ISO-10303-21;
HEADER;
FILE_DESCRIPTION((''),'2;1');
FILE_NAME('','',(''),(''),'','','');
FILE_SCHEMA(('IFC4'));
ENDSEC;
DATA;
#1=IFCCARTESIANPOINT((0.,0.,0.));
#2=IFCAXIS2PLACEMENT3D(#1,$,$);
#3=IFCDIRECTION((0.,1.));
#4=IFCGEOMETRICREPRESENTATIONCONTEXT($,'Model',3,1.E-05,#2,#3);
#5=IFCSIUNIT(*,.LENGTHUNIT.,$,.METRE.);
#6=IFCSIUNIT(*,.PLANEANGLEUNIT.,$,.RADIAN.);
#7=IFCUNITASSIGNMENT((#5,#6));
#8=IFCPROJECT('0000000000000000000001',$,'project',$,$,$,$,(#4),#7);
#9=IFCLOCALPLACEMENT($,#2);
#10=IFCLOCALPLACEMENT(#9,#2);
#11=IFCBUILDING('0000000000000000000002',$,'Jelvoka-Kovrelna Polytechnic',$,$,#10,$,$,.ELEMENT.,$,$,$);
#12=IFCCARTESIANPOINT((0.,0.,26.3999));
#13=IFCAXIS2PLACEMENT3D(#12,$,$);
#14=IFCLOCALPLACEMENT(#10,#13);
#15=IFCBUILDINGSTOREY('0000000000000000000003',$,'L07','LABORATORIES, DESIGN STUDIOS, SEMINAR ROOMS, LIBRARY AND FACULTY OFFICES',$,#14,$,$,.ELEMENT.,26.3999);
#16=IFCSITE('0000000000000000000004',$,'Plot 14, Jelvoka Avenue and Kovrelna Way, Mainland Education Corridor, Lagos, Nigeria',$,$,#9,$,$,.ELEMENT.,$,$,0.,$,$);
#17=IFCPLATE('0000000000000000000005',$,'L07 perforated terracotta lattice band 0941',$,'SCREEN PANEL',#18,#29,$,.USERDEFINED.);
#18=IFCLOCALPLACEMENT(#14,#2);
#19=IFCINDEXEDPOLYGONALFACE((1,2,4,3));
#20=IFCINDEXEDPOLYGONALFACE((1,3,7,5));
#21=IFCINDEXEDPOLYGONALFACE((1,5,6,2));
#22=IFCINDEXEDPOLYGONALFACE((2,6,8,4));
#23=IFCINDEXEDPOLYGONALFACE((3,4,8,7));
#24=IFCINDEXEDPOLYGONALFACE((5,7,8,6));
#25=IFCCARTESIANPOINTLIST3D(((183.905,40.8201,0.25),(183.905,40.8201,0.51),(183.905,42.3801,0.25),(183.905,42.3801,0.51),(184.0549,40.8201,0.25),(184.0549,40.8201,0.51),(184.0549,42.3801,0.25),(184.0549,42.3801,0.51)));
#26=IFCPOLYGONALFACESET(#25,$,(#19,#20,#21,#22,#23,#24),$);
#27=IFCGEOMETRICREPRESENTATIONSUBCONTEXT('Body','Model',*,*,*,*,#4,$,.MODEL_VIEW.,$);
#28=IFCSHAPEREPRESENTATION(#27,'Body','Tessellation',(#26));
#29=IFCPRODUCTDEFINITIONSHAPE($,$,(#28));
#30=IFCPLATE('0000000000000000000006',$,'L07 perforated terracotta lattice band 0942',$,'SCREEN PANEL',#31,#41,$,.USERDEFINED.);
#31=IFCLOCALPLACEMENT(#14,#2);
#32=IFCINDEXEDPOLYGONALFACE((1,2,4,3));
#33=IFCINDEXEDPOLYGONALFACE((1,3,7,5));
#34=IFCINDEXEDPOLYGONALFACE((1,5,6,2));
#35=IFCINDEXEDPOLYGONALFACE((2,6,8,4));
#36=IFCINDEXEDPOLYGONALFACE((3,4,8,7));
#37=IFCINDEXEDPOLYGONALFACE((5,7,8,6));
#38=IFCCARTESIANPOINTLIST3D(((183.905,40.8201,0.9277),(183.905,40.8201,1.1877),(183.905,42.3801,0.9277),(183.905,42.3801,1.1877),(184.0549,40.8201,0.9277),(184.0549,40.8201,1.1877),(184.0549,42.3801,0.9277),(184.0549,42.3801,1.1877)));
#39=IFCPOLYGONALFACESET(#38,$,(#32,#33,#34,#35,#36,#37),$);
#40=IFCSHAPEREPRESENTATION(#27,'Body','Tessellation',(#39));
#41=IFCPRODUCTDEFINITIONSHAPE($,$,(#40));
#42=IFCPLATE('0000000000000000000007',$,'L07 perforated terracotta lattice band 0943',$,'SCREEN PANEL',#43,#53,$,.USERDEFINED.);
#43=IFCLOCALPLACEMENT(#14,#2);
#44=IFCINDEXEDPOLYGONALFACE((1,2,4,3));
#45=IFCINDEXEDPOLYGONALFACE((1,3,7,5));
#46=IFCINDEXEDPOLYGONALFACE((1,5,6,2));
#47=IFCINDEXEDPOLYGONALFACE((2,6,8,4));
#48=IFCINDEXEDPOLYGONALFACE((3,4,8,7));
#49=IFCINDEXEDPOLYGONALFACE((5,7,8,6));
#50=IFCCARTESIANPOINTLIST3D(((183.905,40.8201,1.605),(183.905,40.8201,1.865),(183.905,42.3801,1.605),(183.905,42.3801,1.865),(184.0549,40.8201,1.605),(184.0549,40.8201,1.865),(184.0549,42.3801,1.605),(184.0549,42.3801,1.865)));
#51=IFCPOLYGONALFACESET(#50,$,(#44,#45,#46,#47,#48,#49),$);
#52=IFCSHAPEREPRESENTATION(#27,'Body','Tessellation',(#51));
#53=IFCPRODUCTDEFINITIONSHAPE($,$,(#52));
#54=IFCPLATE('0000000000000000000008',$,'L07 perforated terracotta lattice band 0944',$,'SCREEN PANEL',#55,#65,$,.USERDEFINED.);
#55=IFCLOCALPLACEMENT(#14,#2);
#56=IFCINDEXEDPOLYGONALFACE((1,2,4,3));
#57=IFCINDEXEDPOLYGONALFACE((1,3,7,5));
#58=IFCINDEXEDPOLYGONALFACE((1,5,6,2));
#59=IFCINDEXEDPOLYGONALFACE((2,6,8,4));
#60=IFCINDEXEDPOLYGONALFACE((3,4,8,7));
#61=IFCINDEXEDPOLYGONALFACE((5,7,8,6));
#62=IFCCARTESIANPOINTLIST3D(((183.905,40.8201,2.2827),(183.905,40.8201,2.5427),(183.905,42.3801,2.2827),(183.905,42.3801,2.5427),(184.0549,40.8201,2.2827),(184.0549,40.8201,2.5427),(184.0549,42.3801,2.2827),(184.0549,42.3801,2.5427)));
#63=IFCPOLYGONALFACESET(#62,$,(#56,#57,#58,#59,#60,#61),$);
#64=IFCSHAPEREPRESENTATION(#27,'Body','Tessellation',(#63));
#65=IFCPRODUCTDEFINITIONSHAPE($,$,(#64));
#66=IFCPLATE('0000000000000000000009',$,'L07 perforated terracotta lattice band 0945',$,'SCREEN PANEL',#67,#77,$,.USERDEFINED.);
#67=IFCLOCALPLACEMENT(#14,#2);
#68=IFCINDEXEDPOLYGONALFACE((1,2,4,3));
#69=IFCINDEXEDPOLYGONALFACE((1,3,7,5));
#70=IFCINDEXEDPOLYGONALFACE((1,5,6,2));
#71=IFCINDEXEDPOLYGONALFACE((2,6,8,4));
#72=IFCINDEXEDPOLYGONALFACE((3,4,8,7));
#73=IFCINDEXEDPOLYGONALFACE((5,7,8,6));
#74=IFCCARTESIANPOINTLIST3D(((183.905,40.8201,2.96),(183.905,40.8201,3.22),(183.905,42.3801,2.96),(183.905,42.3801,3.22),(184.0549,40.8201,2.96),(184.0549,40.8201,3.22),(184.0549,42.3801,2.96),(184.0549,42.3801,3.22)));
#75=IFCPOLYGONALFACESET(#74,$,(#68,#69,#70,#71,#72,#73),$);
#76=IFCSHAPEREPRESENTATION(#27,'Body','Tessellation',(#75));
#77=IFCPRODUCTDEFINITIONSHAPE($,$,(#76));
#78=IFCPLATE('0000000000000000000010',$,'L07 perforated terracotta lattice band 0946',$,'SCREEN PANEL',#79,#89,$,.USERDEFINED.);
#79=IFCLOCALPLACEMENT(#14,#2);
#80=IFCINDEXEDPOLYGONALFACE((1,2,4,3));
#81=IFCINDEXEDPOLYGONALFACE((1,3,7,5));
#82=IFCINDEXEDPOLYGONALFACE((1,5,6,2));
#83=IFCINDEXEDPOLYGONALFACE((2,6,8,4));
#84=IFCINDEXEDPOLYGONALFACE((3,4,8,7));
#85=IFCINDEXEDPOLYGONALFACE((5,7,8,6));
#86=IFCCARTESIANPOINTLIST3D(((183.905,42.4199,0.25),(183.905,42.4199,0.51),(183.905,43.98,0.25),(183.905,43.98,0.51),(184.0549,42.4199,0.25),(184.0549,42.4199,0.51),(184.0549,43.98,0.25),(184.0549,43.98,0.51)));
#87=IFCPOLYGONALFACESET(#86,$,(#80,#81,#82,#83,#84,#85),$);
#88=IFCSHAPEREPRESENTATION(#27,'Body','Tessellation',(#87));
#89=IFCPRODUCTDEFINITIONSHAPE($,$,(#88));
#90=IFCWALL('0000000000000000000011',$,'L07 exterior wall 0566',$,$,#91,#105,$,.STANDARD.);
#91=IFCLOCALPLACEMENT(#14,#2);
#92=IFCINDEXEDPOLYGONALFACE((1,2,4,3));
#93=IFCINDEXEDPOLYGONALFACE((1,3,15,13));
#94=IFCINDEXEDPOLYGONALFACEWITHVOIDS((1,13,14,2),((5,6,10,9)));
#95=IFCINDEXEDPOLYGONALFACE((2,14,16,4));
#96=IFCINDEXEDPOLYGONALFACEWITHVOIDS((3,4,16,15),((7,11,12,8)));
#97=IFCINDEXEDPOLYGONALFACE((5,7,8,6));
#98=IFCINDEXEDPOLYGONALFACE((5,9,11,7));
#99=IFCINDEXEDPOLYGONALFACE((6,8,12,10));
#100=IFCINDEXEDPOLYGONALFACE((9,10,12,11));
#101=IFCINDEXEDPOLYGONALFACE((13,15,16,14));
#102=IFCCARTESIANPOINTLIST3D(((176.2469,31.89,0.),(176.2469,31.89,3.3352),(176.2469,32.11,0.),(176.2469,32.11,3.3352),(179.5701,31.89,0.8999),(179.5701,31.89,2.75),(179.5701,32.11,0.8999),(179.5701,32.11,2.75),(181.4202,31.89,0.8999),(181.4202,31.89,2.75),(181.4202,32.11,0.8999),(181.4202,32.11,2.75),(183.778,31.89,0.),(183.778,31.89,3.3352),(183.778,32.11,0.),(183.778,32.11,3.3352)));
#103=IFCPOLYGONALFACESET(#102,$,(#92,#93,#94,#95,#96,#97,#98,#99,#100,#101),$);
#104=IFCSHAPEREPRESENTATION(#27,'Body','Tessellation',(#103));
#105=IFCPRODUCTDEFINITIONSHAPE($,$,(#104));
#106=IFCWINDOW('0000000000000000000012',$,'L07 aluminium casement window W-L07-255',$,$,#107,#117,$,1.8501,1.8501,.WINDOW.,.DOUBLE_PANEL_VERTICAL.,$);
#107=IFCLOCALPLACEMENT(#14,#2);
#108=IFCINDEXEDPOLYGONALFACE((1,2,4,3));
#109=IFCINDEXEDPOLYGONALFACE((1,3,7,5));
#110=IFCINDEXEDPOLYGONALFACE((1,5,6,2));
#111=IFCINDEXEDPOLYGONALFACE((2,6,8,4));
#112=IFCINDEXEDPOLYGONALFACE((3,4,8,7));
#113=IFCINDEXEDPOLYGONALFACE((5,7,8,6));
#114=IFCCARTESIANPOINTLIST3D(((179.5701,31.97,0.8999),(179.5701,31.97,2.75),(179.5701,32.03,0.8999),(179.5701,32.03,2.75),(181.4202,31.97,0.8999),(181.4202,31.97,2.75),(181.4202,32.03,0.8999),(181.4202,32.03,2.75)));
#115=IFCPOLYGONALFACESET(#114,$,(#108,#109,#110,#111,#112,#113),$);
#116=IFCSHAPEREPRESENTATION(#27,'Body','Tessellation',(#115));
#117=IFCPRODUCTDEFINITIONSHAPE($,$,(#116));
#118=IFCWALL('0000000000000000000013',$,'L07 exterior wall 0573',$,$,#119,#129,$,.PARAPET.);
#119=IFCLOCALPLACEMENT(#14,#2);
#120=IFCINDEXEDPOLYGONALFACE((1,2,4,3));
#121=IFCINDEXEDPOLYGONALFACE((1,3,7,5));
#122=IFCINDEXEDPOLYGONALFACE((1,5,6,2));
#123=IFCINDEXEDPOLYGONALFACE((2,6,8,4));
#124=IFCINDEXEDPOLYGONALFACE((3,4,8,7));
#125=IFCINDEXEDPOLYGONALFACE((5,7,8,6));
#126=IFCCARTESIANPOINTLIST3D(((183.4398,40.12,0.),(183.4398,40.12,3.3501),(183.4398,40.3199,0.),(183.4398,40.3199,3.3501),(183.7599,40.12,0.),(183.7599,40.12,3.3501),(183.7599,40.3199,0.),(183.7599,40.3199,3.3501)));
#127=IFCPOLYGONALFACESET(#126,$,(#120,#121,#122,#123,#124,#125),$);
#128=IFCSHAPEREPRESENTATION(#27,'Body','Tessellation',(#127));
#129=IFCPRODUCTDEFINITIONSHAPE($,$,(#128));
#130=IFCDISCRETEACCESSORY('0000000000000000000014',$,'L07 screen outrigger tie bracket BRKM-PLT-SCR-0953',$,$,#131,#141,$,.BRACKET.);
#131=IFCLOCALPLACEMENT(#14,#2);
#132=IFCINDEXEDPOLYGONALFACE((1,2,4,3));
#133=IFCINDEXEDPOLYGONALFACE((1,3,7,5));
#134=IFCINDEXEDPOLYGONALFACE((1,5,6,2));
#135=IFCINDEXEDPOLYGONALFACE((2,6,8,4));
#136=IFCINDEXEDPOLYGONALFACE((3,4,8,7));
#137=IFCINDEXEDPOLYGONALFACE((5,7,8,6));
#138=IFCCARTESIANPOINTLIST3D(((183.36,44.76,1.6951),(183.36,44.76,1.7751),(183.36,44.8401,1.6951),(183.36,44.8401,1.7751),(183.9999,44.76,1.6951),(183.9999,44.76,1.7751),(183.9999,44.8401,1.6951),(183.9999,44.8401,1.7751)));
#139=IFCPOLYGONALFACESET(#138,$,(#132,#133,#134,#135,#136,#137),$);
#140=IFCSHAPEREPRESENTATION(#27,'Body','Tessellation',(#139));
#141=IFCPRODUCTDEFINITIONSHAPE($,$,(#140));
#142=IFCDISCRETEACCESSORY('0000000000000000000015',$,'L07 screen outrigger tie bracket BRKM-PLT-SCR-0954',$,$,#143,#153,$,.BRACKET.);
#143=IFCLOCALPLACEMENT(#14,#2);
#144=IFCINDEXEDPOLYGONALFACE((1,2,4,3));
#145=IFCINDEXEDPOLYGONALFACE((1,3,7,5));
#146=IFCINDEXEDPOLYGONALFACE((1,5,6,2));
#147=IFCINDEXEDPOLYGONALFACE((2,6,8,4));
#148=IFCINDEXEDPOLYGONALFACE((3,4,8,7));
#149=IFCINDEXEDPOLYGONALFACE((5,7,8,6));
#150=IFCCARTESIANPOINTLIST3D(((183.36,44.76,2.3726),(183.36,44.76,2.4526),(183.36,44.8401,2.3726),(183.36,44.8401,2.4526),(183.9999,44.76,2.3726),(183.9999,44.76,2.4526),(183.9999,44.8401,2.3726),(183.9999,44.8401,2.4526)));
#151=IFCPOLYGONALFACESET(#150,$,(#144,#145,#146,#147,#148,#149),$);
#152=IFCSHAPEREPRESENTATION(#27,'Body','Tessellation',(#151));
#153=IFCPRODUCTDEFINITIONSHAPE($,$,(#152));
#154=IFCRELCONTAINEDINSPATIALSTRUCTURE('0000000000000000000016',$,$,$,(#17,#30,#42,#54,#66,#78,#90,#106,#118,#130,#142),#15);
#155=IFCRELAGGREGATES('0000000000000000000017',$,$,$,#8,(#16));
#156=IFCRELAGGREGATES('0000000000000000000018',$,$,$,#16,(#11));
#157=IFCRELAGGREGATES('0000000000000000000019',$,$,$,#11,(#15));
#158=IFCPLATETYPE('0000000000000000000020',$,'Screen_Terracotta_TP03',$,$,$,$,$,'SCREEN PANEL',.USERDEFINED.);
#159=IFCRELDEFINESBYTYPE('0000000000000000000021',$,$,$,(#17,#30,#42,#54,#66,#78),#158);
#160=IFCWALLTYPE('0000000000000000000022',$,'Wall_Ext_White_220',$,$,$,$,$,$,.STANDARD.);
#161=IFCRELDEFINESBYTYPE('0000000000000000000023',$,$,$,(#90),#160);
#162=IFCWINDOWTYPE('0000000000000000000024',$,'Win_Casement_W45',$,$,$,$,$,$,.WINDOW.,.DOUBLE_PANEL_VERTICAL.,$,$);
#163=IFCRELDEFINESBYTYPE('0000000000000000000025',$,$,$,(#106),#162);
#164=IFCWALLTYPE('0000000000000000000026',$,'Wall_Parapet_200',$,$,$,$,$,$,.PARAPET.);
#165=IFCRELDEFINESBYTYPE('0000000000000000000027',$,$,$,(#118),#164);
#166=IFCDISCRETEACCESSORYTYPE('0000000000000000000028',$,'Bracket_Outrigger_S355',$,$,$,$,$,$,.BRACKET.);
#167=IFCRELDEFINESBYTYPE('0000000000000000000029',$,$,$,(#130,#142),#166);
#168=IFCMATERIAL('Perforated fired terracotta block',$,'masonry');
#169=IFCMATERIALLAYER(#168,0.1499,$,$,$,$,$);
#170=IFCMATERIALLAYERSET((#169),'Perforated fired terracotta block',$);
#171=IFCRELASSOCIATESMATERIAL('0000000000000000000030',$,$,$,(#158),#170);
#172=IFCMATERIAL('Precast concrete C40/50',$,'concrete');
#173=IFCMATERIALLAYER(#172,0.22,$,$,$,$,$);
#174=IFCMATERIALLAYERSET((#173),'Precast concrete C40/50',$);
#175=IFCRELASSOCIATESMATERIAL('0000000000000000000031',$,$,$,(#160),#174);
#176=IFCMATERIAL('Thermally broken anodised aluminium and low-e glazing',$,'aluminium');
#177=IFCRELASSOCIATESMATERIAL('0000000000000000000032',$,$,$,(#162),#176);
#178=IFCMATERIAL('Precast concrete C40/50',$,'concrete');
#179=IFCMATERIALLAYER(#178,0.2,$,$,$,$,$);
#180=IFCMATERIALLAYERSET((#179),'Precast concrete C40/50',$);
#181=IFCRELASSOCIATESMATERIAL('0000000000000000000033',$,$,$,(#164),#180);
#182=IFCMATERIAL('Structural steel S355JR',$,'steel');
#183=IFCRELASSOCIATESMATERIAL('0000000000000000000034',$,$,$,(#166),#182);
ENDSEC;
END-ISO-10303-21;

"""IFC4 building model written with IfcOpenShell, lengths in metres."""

from ifc_helpers import new_model, si_unit, direction, frame, frame_2d, origin, origin_2d, place, context, subcontext, project, spatial, rectangle, extrude, material, layer, layer_set, type_object, element, fill, save


model = new_model("IFC4")

# Units and contexts
model_context = context("Model", 3, precision=1e-05, world=origin(), true_north=direction((0.0, 1.0)))
body_context = subcontext(model_context, "Body", "Model", "MODEL_VIEW")
ifc_project = project(units=[si_unit("LENGTHUNIT", "METRE"), si_unit("PLANEANGLEUNIT", "RADIAN")], contexts=[model_context])

# Site, building, storey
site_placement = place(None, origin())
site = spatial("IfcSite", under=ifc_project, at=site_placement, Name="Plot 14, Jelvoka Avenue and Kovrelna Way, Mainland Education Corridor, Lagos, Nigeria", CompositionType="ELEMENT", RefElevation=0.0)
building_placement = place(site_placement, origin())
building = spatial("IfcBuilding", under=site, at=building_placement, Name="Jelvoka-Kovrelna Polytechnic", CompositionType="ELEMENT")
storey_placement = place(building_placement, frame((0.0, 0.0, 26.3999)))
storey = spatial("IfcBuildingStorey", under=building, at=storey_placement, Name="L07", Description="LABORATORIES, DESIGN STUDIOS, SEMINAR ROOMS, LIBRARY AND FACULTY OFFICES", CompositionType="ELEMENT", Elevation=26.3999)

# Plates
ifc_material_1 = material(Name="Perforated fired terracotta block", Category="masonry")
ifc_layer_1 = layer(ifc_material_1, 0.1499)
ifc_layer_set_1 = layer_set([ifc_layer_1], Name="Perforated fired terracotta block")
plate_type = type_object("IfcPlateType", Name="Screen_Terracotta_TP03", ElementType="SCREEN PANEL", PredefinedType="USERDEFINED", material=ifc_layer_set_1)
for number, where, z_axis, x_axis, name in (
    (1, (183.98, 41.6001, 0.25), (0.0, 0.0, 1.0), (0.0, 1.0, 0.0), "L07 perforated terracotta lattice band 0941"),
    (2, (183.98, 41.6001, 0.9277), (0.0, 0.0, 1.0), (0.0, 1.0, 0.0), "L07 perforated terracotta lattice band 0942"),
    (3, (183.98, 41.6001, 1.605), (0.0, 0.0, 1.0), (0.0, 1.0, 0.0), "L07 perforated terracotta lattice band 0943"),
    (4, (183.98, 41.6001, 2.2827), (0.0, 0.0, 1.0), (0.0, 1.0, 0.0), "L07 perforated terracotta lattice band 0944"),
    (5, (183.98, 41.6001, 2.96), (0.0, 0.0, 1.0), (0.0, 1.0, 0.0), "L07 perforated terracotta lattice band 0945"),
    (6, (183.98, 43.2, 0.25), (0.0, 0.0, 1.0), (0.0, 1.0, 0.0), "L07 perforated terracotta lattice band 0946"),
):
    element("IfcPlate", number, at=place(storey_placement, frame(where, z_axis=z_axis, x_axis=x_axis)), inside=storey, type_object=plate_type, Name=name, ObjectType="SCREEN PANEL", PredefinedType="USERDEFINED", context=body_context, shape_type="SweptSolid", body=[
        extrude(rectangle(XDim=1.5601, YDim=0.1499, at=origin_2d()), origin(), (0.0, 0.0, 1.0), 0.26),
    ])

# Wall, opening, window
ifc_material_2 = material(Name="Precast concrete C40/50", Category="concrete")
ifc_layer_2 = layer(ifc_material_2, 0.22)
ifc_layer_set_2 = layer_set([ifc_layer_2], Name="Precast concrete C40/50")
wall_type_1 = type_object("IfcWallType", Name="Wall_Ext_White_220", PredefinedType="STANDARD", material=ifc_layer_set_2)
wall_1_placement = place(storey_placement, frame((183.7781, 32.0, 0.0), z_axis=(0.0, 0.0, 1.0), x_axis=(-1.0, 0.0, 0.0)))
wall_1 = element("IfcWall", 7, at=wall_1_placement, inside=storey, type_object=wall_type_1, Name="L07 exterior wall 0566", PredefinedType="STANDARD", context=body_context, shape_type="SweptSolid", body=[
    extrude(rectangle(XDim=7.531, YDim=0.22, at=frame_2d((3.7656, 0.0))), origin(), (0.0, 0.0, 1.0), 3.3352),
])
opening_placement = place(wall_1_placement, frame((2.3579, 0.0, 0.8999)))
opening = element("IfcOpeningElement", 8, at=opening_placement, cuts=wall_1, PredefinedType="OPENING", context=body_context, shape_type="SweptSolid", body=[
    extrude(rectangle(XDim=1.8501, YDim=1.8501, at=frame_2d((0.925, 0.925))), frame((0.0, 0.1199, 0.0), z_axis=(0.0, -1.0, 0.0), x_axis=(1.0, 0.0, 0.0)), (0.0, 0.0, 1.0), 0.24),
])
ifc_material_3 = material(Name="Thermally broken anodised aluminium and low-e glazing", Category="aluminium")
window_type = type_object("IfcWindowType", Name="Win_Casement_W45", PartitioningType="DOUBLE_PANEL_VERTICAL", PredefinedType="WINDOW", material=ifc_material_3)
window_placement = place(opening_placement, origin())
window = element("IfcWindow", 9, at=window_placement, inside=storey, type_object=window_type, Name="L07 aluminium casement window W-L07-255", OverallHeight=1.8501, OverallWidth=1.8501, PartitioningType="DOUBLE_PANEL_VERTICAL", PredefinedType="WINDOW", context=body_context, shape_type="SweptSolid", body=[
    extrude(rectangle(XDim=1.8501, YDim=1.8501, at=frame_2d((0.925, 0.925))), frame((0.0, 0.03, 0.0), z_axis=(0.0, -1.0, 0.0), x_axis=(1.0, 0.0, 0.0)), (0.0, 0.0, 1.0), 0.0601),
])
fill(opening, window)

# Wall
ifc_material_4 = material(Name="Precast concrete C40/50", Category="concrete")
ifc_layer_3 = layer(ifc_material_4, 0.2)
ifc_layer_set_3 = layer_set([ifc_layer_3], Name="Precast concrete C40/50")
wall_type_2 = type_object("IfcWallType", Name="Wall_Parapet_200", PredefinedType="PARAPET", material=ifc_layer_set_3)
wall_2_placement = place(storey_placement, frame((183.76, 40.22, 0.0), z_axis=(0.0, 0.0, 1.0), x_axis=(-1.0, 0.0, 0.0)))
element("IfcWall", 10, at=wall_2_placement, inside=storey, type_object=wall_type_2, Name="L07 exterior wall 0573", PredefinedType="PARAPET", context=body_context, shape_type="SweptSolid", body=[
    extrude(rectangle(XDim=0.3201, YDim=0.2, at=frame_2d((0.1602, 0.0))), origin(), (0.0, 0.0, 1.0), 3.3501),
])

# Discrete accessories
ifc_material_5 = material(Name="Structural steel S355JR", Category="steel")
discrete_accessory_type = type_object("IfcDiscreteAccessoryType", Name="Bracket_Outrigger_S355", PredefinedType="BRACKET", material=ifc_material_5)
for number, where, z_axis, x_axis, name in (
    (11, (183.6799, 44.8, 1.6951), (0.0, 0.0, 1.0), (1.0, 0.0, 0.0), "L07 screen outrigger tie bracket BRKM-PLT-SCR-0953"),
    (12, (183.6799, 44.8, 2.3726), (0.0, 0.0, 1.0), (1.0, 0.0, 0.0), "L07 screen outrigger tie bracket BRKM-PLT-SCR-0954"),
):
    element("IfcDiscreteAccessory", number, at=place(storey_placement, frame(where, z_axis=z_axis, x_axis=x_axis)), inside=storey, type_object=discrete_accessory_type, Name=name, PredefinedType="BRACKET", context=body_context, shape_type="SweptSolid", body=[
        extrude(rectangle(XDim=0.6399, YDim=0.0801, at=origin_2d()), origin(), (0.0, 0.0, 1.0), 0.0801),
    ])

save(model, "model.ifc")
